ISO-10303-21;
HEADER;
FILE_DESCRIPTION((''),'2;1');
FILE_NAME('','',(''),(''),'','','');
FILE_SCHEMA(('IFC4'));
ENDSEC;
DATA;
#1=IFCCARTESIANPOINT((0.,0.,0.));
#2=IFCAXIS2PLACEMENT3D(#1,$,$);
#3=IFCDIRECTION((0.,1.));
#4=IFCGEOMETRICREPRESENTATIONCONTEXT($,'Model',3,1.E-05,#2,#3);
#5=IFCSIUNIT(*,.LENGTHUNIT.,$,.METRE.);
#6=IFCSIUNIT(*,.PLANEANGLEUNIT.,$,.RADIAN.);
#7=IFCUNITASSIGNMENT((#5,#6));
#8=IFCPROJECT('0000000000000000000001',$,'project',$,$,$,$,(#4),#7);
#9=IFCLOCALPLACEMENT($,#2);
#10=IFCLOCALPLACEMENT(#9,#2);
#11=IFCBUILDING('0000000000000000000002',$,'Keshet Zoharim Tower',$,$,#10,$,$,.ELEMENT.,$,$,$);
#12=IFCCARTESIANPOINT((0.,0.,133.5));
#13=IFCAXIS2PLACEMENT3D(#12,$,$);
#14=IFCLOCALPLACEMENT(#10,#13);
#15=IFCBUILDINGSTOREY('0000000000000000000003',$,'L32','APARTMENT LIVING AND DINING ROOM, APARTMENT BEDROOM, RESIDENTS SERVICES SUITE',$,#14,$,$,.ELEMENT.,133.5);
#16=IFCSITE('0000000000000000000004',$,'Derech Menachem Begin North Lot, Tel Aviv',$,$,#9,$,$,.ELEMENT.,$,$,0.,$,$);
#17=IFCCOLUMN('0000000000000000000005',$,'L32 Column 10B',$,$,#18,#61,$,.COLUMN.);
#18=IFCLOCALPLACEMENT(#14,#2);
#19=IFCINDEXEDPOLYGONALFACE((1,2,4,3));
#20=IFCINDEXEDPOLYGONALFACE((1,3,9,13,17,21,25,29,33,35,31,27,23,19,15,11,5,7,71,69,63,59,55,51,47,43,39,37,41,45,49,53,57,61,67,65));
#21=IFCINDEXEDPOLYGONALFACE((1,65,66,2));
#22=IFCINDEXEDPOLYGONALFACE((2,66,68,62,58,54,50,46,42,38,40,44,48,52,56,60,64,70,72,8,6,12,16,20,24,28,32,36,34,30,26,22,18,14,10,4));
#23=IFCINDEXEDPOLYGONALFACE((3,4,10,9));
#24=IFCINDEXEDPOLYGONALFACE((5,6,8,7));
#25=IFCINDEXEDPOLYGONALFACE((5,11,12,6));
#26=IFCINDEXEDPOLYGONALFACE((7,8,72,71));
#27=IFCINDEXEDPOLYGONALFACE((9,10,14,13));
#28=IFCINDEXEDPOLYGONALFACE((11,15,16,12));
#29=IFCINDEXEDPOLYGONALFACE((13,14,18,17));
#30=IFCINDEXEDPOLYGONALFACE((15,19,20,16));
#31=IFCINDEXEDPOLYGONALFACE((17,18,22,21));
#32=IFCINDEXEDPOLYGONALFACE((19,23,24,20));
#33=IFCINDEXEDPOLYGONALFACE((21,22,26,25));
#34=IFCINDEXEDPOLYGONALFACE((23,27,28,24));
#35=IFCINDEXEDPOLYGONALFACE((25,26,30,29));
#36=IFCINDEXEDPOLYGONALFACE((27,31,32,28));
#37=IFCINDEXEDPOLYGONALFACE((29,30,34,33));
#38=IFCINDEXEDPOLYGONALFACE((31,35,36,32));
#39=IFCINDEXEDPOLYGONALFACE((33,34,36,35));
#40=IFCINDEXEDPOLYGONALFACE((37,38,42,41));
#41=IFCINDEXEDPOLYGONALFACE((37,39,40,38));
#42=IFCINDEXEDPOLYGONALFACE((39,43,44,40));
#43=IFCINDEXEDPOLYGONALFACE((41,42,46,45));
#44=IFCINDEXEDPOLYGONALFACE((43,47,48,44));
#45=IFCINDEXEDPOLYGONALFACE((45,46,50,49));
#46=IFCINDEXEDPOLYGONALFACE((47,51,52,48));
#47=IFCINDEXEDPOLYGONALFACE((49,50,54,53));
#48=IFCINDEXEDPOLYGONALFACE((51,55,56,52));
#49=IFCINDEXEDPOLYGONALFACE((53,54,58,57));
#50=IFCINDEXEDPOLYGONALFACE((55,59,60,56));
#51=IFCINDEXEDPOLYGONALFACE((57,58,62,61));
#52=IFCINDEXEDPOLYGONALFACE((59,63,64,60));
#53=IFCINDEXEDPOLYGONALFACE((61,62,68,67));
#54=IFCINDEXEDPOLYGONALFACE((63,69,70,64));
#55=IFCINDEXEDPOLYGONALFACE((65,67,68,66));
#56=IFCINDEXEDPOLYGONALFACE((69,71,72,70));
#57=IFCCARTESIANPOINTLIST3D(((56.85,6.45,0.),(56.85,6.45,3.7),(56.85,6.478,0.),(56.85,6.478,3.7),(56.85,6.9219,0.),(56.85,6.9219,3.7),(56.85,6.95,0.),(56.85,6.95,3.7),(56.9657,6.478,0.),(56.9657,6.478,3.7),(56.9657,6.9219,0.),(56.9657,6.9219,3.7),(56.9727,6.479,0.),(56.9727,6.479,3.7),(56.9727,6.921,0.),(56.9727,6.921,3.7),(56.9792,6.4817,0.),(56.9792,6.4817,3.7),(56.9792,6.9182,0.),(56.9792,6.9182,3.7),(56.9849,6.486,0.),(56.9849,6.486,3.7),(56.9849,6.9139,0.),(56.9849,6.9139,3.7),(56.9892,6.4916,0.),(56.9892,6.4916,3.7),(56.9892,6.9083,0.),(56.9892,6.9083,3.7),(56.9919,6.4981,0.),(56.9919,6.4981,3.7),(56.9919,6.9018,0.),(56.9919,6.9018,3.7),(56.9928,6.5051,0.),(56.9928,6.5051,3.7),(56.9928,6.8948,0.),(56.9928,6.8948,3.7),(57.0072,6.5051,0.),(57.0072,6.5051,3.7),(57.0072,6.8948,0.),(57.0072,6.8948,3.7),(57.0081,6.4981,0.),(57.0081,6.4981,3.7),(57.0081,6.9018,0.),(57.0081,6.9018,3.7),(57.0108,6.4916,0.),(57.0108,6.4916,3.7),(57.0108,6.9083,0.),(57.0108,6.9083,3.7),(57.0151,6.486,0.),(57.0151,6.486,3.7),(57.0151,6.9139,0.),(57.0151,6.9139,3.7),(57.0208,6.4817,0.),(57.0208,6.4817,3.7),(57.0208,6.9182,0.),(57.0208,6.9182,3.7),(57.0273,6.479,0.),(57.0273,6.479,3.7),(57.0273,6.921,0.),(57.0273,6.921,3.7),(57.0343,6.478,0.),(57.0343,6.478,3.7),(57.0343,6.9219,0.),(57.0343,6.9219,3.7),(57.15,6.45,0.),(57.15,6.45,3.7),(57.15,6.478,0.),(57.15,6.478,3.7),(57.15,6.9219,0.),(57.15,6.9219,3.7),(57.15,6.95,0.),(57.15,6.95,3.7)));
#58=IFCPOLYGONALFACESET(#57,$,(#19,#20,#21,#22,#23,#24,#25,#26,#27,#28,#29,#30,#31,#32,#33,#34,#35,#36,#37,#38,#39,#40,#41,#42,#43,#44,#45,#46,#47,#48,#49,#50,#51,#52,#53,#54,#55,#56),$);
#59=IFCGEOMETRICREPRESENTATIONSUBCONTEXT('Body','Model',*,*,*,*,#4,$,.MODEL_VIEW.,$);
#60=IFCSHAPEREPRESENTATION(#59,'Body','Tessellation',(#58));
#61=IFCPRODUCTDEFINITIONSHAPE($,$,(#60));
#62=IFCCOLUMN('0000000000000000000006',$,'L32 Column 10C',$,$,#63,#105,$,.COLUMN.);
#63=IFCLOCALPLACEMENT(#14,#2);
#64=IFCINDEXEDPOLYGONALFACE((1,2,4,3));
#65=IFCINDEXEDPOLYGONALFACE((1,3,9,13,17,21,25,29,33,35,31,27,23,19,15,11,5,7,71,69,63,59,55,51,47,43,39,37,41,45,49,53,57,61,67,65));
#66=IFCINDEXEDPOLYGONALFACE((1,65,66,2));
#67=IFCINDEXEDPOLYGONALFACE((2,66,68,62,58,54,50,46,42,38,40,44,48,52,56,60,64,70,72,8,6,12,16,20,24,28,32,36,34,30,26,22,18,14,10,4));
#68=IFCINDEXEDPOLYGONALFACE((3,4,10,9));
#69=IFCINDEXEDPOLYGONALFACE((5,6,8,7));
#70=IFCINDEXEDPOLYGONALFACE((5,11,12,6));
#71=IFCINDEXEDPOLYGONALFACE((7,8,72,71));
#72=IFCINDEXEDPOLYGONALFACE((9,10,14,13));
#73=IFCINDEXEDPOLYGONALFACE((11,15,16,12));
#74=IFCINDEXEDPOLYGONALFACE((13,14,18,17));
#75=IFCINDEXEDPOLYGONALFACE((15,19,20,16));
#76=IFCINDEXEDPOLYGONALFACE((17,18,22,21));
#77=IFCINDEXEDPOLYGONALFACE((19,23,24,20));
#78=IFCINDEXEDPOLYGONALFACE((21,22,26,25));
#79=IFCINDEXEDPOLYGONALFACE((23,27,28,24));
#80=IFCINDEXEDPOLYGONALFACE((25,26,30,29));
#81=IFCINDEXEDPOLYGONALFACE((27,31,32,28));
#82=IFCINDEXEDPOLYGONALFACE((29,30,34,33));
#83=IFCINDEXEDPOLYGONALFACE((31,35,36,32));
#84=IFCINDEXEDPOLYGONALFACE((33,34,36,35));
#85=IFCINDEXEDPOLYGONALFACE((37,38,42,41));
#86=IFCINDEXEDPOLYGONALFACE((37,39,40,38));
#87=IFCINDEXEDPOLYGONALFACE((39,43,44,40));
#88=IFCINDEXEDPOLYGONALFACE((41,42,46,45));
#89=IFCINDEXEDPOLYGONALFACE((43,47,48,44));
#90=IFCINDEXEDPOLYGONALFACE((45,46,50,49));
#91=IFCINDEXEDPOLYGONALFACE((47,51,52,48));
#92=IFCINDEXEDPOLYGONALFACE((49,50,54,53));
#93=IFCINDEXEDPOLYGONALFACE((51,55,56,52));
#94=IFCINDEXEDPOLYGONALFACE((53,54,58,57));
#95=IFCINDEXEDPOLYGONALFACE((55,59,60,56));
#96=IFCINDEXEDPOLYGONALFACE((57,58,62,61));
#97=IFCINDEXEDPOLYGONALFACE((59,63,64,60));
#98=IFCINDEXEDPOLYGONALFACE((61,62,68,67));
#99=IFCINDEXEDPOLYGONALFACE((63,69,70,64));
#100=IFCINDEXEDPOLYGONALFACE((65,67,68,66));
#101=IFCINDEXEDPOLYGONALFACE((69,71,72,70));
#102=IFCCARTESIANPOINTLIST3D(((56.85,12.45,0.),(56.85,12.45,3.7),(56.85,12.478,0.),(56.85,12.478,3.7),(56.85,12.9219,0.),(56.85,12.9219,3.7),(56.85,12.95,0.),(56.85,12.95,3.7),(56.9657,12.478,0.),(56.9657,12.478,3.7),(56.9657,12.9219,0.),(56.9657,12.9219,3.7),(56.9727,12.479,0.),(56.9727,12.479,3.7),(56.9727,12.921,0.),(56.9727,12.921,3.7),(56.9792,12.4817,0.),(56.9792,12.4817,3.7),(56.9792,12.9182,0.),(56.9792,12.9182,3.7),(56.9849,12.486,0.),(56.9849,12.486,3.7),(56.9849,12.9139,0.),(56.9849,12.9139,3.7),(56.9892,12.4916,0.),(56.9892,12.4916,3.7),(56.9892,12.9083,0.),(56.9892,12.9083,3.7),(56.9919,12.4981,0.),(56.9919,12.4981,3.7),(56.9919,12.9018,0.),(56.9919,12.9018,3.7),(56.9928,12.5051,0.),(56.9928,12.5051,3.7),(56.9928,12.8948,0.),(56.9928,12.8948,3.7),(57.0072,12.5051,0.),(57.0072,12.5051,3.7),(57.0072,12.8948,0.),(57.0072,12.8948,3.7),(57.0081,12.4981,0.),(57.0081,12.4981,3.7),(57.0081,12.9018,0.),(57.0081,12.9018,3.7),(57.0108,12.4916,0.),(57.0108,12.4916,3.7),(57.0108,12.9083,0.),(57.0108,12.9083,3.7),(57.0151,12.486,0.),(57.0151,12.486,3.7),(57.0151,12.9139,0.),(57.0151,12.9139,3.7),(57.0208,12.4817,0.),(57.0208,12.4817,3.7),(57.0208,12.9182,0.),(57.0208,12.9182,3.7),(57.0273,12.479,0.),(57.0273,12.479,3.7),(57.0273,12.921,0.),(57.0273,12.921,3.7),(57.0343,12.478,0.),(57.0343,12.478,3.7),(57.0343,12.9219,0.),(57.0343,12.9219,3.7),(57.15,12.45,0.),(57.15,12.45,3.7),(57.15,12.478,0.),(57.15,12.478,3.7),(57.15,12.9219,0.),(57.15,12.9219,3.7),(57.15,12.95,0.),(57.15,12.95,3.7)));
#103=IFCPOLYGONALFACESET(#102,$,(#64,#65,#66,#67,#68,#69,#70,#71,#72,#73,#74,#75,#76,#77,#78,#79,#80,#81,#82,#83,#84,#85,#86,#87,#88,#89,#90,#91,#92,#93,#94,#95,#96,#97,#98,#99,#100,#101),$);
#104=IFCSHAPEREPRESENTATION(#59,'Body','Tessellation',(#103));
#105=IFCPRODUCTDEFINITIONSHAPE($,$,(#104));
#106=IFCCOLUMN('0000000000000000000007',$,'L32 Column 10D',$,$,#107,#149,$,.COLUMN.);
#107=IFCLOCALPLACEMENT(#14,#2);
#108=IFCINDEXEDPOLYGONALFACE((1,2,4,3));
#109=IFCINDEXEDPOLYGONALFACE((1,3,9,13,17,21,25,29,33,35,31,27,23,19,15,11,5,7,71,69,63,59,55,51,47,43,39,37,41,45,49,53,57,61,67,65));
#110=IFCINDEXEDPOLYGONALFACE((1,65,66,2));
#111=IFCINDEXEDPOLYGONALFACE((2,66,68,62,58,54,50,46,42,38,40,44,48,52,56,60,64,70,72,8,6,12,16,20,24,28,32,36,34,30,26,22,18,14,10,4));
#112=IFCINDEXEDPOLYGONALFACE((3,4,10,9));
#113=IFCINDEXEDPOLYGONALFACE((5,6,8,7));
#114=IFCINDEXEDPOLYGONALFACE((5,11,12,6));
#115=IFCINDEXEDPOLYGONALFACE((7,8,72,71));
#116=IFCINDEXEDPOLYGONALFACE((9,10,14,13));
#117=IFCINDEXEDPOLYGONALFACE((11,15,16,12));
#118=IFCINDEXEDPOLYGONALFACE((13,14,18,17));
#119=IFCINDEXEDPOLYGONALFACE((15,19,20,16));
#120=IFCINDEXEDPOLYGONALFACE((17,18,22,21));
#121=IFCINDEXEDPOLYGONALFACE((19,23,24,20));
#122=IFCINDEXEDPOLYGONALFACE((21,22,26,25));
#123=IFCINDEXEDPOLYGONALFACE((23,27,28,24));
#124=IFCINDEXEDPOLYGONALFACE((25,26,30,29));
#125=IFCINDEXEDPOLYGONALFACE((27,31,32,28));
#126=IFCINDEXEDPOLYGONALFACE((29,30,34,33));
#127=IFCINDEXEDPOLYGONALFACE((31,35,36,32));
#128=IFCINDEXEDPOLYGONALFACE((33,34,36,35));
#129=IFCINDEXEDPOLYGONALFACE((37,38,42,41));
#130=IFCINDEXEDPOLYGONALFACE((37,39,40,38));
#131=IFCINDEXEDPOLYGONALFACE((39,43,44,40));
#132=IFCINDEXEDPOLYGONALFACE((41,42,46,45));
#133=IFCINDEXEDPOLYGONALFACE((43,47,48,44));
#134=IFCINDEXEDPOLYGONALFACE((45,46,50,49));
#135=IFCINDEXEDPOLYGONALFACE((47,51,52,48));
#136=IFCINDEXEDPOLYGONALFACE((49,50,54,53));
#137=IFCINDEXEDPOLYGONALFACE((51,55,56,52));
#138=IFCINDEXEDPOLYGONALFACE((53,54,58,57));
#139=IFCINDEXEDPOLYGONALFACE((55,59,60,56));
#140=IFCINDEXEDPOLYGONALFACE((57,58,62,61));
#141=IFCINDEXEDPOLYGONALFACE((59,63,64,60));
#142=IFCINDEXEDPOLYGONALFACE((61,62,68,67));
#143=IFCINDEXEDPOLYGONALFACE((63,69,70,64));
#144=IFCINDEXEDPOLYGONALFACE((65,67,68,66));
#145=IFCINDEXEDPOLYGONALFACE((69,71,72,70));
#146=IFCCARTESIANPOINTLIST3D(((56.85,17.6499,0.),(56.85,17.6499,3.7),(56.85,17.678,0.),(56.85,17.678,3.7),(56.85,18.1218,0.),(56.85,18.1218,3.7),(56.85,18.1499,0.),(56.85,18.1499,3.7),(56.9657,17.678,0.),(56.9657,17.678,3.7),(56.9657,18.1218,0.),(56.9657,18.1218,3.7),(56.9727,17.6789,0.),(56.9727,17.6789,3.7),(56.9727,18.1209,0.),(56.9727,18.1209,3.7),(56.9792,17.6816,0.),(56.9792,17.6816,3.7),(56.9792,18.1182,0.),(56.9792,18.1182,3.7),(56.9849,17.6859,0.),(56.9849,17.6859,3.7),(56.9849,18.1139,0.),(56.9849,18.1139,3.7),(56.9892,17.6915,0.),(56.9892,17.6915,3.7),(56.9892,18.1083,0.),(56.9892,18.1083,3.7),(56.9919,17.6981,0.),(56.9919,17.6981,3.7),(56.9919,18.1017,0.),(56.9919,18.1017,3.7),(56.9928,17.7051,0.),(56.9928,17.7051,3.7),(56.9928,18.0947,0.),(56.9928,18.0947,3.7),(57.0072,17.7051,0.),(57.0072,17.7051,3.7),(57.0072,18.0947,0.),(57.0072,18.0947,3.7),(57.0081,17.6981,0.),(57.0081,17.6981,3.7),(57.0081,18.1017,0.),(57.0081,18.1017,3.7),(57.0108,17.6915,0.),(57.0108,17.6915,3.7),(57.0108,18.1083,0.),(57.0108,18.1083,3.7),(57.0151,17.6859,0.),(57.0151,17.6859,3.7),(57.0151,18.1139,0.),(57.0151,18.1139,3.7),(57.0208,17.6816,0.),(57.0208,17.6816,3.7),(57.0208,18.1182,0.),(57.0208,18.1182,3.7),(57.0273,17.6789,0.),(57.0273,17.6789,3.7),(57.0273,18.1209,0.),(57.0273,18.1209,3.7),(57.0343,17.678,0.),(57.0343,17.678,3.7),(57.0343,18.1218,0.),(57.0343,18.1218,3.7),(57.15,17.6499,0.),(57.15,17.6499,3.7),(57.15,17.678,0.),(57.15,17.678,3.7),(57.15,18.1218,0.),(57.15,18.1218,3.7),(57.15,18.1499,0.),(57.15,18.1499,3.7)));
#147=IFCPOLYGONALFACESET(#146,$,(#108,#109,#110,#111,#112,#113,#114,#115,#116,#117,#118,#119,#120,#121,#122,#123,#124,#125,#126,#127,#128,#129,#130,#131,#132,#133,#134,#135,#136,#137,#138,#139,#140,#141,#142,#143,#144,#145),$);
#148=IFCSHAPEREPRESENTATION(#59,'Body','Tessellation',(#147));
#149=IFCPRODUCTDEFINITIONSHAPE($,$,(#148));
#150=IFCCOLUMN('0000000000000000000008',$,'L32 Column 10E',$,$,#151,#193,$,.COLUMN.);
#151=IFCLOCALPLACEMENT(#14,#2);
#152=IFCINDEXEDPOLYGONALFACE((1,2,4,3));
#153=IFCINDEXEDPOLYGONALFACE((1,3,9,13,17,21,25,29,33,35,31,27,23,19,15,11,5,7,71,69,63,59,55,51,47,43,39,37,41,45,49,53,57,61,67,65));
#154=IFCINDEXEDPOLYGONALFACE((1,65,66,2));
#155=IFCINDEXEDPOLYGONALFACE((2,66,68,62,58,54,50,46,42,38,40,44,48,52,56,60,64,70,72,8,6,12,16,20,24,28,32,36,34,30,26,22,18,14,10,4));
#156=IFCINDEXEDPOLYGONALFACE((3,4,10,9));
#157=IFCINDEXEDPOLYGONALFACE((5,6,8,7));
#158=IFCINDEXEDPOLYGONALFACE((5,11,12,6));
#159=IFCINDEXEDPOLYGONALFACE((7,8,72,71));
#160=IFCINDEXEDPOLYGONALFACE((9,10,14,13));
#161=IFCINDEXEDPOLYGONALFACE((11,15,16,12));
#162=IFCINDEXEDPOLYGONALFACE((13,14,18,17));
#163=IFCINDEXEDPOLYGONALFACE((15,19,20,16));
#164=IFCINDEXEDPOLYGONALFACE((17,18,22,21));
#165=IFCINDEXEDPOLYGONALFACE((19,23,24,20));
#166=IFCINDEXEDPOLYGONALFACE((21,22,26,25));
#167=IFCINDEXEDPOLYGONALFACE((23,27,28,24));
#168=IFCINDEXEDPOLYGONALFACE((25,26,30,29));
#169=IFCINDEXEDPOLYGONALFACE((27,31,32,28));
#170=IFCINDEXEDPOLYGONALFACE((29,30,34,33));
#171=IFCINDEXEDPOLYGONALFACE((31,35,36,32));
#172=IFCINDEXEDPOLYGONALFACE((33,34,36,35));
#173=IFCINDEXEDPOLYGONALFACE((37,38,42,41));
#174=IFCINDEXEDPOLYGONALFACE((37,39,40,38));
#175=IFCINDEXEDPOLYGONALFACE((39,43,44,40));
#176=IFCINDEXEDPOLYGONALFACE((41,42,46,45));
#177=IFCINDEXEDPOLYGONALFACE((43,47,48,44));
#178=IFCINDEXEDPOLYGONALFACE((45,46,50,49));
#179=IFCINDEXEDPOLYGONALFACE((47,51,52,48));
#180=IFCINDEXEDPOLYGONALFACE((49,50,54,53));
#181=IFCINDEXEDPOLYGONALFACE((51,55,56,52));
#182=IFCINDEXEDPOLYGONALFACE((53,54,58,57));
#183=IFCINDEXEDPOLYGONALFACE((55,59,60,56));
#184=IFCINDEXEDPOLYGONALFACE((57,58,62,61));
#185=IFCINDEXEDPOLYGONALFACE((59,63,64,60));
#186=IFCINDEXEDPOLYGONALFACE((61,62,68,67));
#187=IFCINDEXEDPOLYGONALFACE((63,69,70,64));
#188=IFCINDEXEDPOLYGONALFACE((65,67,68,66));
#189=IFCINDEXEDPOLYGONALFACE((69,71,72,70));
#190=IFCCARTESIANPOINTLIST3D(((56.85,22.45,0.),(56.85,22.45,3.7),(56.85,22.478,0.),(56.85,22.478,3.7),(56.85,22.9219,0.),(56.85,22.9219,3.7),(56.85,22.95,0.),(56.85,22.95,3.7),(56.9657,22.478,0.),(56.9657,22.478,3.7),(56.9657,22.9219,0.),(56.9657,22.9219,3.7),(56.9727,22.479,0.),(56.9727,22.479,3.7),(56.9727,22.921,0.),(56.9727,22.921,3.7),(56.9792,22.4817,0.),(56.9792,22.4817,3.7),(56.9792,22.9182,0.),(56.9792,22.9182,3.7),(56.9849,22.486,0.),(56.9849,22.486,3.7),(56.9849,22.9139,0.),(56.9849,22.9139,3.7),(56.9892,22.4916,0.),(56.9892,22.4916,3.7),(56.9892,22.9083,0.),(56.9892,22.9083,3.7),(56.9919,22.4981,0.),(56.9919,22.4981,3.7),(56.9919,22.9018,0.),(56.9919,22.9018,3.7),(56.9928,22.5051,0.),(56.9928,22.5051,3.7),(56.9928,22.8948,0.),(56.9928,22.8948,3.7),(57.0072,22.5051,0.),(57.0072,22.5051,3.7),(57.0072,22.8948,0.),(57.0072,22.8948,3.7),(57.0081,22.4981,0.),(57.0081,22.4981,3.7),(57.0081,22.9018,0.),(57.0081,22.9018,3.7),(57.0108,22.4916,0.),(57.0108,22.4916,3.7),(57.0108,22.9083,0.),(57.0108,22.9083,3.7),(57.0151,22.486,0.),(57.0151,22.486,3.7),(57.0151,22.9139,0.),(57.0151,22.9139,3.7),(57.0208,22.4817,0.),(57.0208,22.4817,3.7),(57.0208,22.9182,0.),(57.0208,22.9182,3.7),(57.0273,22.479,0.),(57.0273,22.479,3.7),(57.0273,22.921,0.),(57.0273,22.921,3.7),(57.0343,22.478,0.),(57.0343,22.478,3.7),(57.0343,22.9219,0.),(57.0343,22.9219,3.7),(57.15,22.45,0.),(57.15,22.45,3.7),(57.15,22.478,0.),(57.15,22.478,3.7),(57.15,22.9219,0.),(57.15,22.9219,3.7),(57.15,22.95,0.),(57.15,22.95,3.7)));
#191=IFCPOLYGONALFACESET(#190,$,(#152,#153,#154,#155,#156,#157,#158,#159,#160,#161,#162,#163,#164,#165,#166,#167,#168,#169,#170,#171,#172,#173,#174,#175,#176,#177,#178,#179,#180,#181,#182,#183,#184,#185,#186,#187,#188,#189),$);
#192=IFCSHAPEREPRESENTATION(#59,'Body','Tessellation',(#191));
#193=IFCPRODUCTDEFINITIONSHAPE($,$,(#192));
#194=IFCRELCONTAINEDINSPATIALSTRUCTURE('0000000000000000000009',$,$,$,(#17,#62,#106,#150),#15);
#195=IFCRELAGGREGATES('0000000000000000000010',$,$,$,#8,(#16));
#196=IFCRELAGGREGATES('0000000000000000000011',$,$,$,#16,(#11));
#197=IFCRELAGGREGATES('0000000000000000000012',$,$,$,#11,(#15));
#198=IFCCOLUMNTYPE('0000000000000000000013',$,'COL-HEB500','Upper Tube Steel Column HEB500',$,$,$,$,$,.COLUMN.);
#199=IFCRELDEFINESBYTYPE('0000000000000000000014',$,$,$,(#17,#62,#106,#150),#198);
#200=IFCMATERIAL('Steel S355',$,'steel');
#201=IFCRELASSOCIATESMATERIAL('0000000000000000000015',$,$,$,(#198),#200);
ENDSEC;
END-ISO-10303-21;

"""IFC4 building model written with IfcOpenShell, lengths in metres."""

from ifc_helpers import new_model, si_unit, direction, frame, origin, origin_2d, place, context, subcontext, project, spatial, i_section, extrude, material, material_profile, profile_set, type_object, element, save


model = new_model("IFC4")

# Units and contexts
model_context = context("Model", 3, precision=1e-05, world=origin(), true_north=direction((0.0, 1.0)))
body_context = subcontext(model_context, "Body", "Model", "MODEL_VIEW")
ifc_project = project(units=[si_unit("LENGTHUNIT", "METRE"), si_unit("PLANEANGLEUNIT", "RADIAN")], contexts=[model_context])

# Site, building, storey
site_placement = place(None, origin())
site = spatial("IfcSite", under=ifc_project, at=site_placement, Name="Derech Menachem Begin North Lot, Tel Aviv", CompositionType="ELEMENT", RefElevation=0.0)
building_placement = place(site_placement, origin())
building = spatial("IfcBuilding", under=site, at=building_placement, Name="Keshet Zoharim Tower", CompositionType="ELEMENT")
storey_placement = place(building_placement, frame((0.0, 0.0, 133.5)))
storey = spatial("IfcBuildingStorey", under=building, at=storey_placement, Name="L32", Description="APARTMENT LIVING AND DINING ROOM, APARTMENT BEDROOM, RESIDENTS SERVICES SUITE", CompositionType="ELEMENT", Elevation=133.5)

# Columns
ifc_material_1 = material(Name="Steel S355", Category="steel")
ifc_material_profile_1 = material_profile(ifc_material_1, i_section(OverallWidth=0.3, OverallDepth=0.5, WebThickness=0.0144, FlangeThickness=0.0281, FilletRadius=0.0271, at=origin_2d()), Name="HEB500")
ifc_profile_set_1 = profile_set([ifc_material_profile_1], Name="Steel S355")
column_type = type_object("IfcColumnType", Name="COL-HEB500", Description="Upper Tube Steel Column HEB500", PredefinedType="COLUMN", material=ifc_profile_set_1)
for number, where, z_axis, x_axis, name in (
    (1, (57.0, 6.7, 0.0), (0.0, 0.0, 1.0), (1.0, 0.0, 0.0), "L32 Column 10B"),
    (2, (57.0, 12.7, 0.0), (0.0, 0.0, 1.0), (1.0, 0.0, 0.0), "L32 Column 10C"),
    (3, (57.0, 17.8999, 0.0), (0.0, 0.0, 1.0), (1.0, 0.0, 0.0), "L32 Column 10D"),
    (4, (57.0, 22.7, 0.0), (0.0, 0.0, 1.0), (1.0, 0.0, 0.0), "L32 Column 10E"),
):
    element("IfcColumn", number, at=place(storey_placement, frame(where, z_axis=z_axis, x_axis=x_axis)), inside=storey, type_object=column_type, Name=name, PredefinedType="COLUMN", context=body_context, shape_type="SweptSolid", body=[
        extrude(i_section(OverallWidth=0.3, OverallDepth=0.5, WebThickness=0.0144, FlangeThickness=0.0281, FilletRadius=0.0271, at=origin_2d()), origin(), (0.0, 0.0, 1.0), 3.7),
    ])

save(model, "model.ifc")
